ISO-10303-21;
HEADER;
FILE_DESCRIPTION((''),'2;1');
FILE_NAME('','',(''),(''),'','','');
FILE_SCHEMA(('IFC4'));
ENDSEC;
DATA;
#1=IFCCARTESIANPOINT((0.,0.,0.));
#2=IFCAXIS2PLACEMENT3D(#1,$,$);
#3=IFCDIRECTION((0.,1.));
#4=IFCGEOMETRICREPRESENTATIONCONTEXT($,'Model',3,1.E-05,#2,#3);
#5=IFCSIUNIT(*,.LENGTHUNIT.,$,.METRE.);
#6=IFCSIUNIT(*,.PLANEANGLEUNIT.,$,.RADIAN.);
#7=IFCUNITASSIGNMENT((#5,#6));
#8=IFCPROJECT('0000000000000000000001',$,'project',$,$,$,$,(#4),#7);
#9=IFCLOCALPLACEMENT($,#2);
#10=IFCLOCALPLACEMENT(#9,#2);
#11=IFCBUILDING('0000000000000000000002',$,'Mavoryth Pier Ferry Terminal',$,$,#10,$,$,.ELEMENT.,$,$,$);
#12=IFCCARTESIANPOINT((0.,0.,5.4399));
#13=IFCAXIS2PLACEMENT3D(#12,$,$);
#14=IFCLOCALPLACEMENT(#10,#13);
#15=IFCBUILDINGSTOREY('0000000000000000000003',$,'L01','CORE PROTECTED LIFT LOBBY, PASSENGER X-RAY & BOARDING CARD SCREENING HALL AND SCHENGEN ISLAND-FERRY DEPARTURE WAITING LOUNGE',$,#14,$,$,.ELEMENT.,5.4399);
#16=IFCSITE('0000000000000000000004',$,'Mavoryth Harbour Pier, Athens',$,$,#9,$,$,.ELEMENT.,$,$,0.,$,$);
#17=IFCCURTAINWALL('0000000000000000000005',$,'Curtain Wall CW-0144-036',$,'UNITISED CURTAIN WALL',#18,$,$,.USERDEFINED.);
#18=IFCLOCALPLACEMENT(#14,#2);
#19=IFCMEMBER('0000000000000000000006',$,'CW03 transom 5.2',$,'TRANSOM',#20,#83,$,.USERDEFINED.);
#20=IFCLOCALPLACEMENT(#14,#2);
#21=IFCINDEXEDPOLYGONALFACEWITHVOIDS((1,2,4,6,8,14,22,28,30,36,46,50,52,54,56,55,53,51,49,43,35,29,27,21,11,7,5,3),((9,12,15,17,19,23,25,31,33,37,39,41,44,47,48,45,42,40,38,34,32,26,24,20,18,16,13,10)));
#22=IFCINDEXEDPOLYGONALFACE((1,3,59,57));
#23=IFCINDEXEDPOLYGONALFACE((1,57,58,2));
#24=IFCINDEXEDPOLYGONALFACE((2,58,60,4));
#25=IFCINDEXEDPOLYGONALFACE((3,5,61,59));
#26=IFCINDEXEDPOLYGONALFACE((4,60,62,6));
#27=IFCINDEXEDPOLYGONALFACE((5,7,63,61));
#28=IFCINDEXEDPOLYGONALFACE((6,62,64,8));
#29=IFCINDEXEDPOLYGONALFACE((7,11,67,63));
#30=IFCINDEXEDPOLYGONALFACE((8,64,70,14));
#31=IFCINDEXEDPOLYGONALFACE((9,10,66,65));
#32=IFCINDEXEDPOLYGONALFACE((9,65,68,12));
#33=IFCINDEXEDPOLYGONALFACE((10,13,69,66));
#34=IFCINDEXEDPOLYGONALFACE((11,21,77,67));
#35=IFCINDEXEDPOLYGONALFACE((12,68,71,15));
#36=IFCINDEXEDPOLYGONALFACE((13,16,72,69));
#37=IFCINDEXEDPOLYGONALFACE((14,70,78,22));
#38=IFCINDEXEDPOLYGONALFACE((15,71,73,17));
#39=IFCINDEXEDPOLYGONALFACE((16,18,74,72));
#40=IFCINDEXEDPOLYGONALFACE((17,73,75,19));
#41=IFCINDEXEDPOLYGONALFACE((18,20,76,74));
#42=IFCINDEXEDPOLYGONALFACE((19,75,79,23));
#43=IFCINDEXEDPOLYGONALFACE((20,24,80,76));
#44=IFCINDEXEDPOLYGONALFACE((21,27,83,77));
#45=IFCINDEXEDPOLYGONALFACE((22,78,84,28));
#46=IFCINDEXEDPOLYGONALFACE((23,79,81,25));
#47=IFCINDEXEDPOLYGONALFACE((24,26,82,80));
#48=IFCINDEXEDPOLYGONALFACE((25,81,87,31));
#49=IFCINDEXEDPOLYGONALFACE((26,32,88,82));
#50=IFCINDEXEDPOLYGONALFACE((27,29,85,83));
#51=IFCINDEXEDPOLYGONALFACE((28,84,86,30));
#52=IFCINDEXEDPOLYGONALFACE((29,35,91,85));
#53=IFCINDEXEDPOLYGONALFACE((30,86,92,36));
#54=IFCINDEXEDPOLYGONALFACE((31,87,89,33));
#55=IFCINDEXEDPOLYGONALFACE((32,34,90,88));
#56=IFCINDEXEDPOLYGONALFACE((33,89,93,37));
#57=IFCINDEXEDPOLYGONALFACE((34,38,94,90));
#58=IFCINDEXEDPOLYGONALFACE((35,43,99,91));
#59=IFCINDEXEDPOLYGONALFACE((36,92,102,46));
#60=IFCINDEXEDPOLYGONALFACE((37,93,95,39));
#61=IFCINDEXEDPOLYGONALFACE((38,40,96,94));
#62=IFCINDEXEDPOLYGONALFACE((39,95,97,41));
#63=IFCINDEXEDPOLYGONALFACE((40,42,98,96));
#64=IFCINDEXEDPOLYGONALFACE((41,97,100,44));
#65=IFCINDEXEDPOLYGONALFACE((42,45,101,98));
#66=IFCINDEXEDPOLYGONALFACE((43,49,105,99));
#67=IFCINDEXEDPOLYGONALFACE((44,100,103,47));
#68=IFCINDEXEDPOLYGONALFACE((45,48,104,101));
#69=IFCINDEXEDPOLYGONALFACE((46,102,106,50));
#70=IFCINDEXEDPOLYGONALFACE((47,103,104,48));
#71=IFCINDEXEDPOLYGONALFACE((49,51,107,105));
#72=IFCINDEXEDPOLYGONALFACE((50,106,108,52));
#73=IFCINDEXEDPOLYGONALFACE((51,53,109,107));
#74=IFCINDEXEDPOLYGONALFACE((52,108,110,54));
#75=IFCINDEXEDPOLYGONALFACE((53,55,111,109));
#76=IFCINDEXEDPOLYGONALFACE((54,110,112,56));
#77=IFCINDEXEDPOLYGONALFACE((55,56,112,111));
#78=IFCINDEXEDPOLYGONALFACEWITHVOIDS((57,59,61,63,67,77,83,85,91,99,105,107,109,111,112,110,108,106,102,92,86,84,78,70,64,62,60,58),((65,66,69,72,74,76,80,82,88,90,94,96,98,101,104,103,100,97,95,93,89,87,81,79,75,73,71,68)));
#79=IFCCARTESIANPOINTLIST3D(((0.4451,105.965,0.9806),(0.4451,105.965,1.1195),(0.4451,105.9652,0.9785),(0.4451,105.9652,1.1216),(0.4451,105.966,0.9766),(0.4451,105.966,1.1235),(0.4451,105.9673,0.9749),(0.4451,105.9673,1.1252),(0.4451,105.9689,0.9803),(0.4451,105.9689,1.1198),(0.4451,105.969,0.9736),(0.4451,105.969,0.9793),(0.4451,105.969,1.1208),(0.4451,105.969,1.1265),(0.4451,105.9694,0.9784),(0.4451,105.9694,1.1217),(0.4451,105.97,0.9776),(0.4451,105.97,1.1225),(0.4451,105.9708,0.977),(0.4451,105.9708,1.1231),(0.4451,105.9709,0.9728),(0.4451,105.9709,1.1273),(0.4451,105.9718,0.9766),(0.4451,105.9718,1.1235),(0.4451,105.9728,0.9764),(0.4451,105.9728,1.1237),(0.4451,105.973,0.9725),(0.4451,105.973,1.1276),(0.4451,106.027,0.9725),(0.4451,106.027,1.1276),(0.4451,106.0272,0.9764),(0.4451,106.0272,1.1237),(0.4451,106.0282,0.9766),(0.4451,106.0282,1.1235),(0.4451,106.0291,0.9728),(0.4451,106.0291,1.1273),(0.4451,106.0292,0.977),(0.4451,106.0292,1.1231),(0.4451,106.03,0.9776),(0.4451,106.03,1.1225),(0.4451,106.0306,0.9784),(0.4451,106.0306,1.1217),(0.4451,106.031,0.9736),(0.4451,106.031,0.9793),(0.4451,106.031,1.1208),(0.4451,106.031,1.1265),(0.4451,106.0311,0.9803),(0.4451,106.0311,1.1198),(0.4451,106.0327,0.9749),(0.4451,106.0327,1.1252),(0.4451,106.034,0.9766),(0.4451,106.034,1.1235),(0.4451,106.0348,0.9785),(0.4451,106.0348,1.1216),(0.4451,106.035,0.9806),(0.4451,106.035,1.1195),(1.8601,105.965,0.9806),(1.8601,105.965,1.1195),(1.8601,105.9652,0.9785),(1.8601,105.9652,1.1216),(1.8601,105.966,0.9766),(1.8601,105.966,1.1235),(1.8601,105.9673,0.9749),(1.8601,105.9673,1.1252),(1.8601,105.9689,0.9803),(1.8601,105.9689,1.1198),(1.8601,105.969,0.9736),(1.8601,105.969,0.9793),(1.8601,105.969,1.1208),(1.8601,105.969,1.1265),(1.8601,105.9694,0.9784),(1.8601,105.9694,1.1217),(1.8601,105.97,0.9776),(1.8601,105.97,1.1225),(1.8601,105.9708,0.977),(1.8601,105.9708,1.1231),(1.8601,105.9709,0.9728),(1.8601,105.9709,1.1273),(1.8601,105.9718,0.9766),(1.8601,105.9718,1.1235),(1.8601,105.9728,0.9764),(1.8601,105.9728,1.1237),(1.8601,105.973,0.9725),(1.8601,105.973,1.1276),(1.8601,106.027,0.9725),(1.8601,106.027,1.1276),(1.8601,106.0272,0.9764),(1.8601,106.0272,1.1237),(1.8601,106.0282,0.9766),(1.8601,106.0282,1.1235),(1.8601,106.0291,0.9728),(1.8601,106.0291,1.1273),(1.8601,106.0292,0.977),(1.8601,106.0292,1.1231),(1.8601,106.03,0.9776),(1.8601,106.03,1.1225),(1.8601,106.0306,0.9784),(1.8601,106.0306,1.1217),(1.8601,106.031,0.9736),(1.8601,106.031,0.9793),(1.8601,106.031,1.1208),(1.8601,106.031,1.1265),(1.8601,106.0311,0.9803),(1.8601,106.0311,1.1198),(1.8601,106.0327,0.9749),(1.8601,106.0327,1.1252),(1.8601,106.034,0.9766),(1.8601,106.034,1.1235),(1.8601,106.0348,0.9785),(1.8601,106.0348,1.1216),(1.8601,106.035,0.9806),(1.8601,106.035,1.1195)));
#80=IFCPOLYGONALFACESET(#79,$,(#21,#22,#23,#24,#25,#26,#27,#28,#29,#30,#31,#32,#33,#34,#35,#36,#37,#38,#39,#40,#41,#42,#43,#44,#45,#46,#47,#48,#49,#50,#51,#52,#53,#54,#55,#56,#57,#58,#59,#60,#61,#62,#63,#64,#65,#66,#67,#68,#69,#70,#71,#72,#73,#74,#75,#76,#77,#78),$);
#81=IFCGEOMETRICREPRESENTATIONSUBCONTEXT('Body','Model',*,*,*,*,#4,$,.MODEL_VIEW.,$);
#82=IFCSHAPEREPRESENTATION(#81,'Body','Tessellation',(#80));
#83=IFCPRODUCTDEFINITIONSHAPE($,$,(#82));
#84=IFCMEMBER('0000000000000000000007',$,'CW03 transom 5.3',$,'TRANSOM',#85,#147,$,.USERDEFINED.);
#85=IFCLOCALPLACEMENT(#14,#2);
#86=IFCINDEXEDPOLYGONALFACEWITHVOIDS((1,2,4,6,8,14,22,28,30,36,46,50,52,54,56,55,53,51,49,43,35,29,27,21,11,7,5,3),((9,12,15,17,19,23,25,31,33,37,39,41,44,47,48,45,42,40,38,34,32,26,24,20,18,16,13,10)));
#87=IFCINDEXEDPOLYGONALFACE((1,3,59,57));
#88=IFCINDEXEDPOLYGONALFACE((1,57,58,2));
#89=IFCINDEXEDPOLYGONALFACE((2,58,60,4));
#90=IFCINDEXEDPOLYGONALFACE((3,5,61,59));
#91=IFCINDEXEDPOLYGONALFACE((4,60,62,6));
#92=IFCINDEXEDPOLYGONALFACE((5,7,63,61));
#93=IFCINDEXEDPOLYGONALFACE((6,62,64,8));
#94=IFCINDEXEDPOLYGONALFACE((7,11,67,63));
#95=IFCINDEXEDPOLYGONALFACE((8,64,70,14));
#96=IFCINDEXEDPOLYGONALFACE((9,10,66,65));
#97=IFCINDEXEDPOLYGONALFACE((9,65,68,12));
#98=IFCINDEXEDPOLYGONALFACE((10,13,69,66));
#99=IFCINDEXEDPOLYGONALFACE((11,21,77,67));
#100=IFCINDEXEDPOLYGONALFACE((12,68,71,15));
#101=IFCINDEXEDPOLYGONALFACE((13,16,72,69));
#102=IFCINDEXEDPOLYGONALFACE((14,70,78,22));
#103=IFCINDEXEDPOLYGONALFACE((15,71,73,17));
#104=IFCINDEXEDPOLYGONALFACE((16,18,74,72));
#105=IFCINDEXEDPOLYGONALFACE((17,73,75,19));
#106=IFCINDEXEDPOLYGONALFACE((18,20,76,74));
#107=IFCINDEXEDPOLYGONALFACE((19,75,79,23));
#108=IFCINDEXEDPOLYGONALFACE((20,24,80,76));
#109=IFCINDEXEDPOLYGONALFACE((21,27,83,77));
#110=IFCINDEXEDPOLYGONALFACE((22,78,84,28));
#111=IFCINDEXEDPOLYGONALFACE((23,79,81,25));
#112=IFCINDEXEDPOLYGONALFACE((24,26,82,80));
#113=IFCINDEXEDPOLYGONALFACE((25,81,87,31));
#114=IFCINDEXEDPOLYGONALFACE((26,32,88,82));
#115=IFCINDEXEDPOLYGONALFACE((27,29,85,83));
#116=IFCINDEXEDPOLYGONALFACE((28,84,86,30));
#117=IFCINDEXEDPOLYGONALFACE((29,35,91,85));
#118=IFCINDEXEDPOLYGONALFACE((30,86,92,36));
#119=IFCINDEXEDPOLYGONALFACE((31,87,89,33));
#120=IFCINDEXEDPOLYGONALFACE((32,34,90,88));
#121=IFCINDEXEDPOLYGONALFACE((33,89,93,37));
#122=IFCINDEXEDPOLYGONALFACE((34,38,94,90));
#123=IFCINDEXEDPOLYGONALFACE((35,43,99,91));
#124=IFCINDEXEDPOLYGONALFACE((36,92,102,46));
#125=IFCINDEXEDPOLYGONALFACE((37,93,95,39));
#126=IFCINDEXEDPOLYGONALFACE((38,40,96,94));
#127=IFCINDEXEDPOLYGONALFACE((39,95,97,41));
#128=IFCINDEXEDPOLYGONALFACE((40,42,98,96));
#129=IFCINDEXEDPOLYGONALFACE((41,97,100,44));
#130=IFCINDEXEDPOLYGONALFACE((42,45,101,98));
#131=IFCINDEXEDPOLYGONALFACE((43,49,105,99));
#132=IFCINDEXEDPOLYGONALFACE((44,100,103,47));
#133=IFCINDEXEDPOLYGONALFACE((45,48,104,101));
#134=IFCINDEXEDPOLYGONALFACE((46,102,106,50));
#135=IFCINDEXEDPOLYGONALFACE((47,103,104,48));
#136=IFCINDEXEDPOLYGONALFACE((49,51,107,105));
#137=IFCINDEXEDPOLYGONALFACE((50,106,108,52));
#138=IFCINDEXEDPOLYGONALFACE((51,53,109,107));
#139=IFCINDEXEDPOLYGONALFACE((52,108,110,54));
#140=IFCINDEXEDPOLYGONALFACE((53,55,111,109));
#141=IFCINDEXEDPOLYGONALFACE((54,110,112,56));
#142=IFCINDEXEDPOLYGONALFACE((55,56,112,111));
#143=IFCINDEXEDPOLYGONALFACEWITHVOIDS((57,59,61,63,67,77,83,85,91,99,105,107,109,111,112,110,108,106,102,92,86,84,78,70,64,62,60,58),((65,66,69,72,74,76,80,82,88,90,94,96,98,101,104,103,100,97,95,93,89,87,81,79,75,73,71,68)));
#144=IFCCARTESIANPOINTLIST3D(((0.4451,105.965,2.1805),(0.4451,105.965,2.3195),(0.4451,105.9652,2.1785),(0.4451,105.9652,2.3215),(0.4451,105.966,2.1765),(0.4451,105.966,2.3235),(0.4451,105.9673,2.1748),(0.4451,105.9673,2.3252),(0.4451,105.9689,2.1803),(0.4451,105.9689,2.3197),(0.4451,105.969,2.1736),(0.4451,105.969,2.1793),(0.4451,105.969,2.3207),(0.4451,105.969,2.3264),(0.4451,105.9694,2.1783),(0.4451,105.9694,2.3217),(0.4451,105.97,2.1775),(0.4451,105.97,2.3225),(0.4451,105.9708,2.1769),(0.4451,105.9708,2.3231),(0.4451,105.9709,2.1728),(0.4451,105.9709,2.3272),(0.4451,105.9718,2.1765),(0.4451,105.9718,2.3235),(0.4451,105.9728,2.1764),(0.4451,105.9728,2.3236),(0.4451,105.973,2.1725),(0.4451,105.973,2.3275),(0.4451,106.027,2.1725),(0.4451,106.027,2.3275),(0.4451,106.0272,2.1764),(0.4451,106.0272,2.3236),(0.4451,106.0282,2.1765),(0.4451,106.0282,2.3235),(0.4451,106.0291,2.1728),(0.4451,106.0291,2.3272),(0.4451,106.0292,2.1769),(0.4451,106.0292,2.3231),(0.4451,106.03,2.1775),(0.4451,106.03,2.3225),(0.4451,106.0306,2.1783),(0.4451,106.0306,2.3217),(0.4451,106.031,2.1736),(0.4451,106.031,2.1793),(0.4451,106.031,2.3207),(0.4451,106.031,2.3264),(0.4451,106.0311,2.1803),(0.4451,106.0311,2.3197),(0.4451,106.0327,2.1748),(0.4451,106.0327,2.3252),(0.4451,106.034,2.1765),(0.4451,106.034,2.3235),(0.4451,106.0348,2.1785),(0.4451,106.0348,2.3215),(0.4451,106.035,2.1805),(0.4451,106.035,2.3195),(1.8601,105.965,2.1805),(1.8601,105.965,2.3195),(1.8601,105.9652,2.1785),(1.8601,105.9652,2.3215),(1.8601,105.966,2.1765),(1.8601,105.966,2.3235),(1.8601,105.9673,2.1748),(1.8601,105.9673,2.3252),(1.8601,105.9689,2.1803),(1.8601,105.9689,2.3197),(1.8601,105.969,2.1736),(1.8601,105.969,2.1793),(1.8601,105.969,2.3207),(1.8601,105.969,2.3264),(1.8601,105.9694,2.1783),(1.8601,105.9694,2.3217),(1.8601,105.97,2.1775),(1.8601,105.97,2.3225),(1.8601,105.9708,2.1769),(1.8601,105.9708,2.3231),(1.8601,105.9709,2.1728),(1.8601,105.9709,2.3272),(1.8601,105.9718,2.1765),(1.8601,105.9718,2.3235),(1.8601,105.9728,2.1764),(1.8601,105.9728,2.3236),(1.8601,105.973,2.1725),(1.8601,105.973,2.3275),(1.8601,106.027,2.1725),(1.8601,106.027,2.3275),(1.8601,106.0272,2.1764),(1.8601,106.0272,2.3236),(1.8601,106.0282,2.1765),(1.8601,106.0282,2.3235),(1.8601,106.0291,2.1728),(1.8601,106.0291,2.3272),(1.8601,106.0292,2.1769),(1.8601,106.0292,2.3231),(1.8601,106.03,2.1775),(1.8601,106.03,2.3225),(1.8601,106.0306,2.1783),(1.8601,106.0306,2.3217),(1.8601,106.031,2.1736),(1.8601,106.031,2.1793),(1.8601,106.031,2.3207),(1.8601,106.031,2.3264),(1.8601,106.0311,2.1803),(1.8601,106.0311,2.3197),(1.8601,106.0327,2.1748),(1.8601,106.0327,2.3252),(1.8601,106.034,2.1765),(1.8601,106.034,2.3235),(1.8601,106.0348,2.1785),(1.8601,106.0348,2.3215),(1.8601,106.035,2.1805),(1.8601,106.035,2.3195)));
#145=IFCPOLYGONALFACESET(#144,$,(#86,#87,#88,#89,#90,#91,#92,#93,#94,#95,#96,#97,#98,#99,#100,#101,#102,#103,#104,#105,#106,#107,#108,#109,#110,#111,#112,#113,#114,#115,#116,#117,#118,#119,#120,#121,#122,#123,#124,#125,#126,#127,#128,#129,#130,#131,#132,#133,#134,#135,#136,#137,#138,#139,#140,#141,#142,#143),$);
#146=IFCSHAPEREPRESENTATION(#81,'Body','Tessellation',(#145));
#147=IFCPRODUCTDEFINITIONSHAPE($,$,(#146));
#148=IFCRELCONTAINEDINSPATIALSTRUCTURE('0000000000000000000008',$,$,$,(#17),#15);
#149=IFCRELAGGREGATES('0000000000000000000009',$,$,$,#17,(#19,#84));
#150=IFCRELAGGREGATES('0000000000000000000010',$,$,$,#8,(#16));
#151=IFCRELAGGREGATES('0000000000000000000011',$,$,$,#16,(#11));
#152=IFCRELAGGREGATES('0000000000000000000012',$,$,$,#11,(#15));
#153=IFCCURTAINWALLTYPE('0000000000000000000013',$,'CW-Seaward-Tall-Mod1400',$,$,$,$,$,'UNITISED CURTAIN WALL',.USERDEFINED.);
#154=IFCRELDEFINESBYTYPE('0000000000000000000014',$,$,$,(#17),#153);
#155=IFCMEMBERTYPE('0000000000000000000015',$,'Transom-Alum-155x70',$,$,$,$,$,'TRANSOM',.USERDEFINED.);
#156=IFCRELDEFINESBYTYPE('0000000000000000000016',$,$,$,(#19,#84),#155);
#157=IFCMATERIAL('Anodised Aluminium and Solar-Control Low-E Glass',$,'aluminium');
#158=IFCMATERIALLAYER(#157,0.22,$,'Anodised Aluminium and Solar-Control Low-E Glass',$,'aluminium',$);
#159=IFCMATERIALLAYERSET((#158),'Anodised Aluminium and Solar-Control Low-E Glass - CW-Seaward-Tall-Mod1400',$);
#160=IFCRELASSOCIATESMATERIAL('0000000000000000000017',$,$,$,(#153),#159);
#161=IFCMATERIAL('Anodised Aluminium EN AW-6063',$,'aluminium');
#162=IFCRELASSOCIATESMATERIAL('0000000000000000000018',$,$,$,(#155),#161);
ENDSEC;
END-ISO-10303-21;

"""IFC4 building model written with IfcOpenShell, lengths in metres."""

from ifc_helpers import new_model, si_unit, direction, frame, origin, origin_2d, place, context, subcontext, project, spatial, hollow_rectangle, extrude, material, layer, layer_set, material_profile, profile_set, type_object, element, aggregate, save


model = new_model("IFC4")

# Units and contexts
model_context = context("Model", 3, precision=1e-05, world=origin(), true_north=direction((0.0, 1.0)))
body_context = subcontext(model_context, "Body", "Model", "MODEL_VIEW")
ifc_project = project(units=[si_unit("LENGTHUNIT", "METRE"), si_unit("PLANEANGLEUNIT", "RADIAN")], contexts=[model_context])

# Site, building, storey
site_placement = place(None, origin())
site = spatial("IfcSite", under=ifc_project, at=site_placement, Name="Mavoryth Harbour Pier, Athens", CompositionType="ELEMENT", RefElevation=0.0)
building_placement = place(site_placement, origin())
building = spatial("IfcBuilding", under=site, at=building_placement, Name="Mavoryth Pier Ferry Terminal", CompositionType="ELEMENT")
storey_placement = place(building_placement, frame((0.0, 0.0, 5.4399)))
storey = spatial("IfcBuildingStorey", under=building, at=storey_placement, Name="L01", Description="CORE PROTECTED LIFT LOBBY, PASSENGER X-RAY & BOARDING CARD SCREENING HALL AND SCHENGEN ISLAND-FERRY DEPARTURE WAITING LOUNGE", CompositionType="ELEMENT", Elevation=5.4399)

# Curtain wall
ifc_material_1 = material(Name="Anodised Aluminium and Solar-Control Low-E Glass", Category="aluminium")
ifc_material_2 = material(Name="Anodised Aluminium EN AW-6063", Category="aluminium")
ifc_layer_1 = layer(ifc_material_1, 0.22, Name="Anodised Aluminium and Solar-Control Low-E Glass", Category="aluminium")
ifc_layer_set_1 = layer_set([ifc_layer_1], Name="Anodised Aluminium and Solar-Control Low-E Glass - CW-Seaward-Tall-Mod1400")
curtain_wall_type_1 = type_object("IfcCurtainWallType", Name="CW-Seaward-Tall-Mod1400", ElementType="UNITISED CURTAIN WALL", PredefinedType="USERDEFINED", material=ifc_layer_set_1)
curtain_wall_1_placement = place(storey_placement, origin())
curtain_wall_1 = element("IfcCurtainWall", 1, at=curtain_wall_1_placement, inside=storey, type_object=curtain_wall_type_1, Name="Curtain Wall CW-0144-036", ObjectType="UNITISED CURTAIN WALL", PredefinedType="USERDEFINED")

# Members
ifc_material_profile_1 = material_profile(ifc_material_2, hollow_rectangle(XDim=0.0701, YDim=0.155, WallThickness=0.0039, InnerFilletRadius=0.0039, OuterFilletRadius=0.0081, at=origin_2d()), Name="AL-TRAN 155x70x4", Category="aluminium")
ifc_profile_set_1 = profile_set([ifc_material_profile_1], Name="Anodised Aluminium EN AW-6063 - AL-TRAN 155x70x4")
member_type_1 = type_object("IfcMemberType", Name="Transom-Alum-155x70", ElementType="TRANSOM", PredefinedType="USERDEFINED", material=ifc_profile_set_1)
member_1_placement = place(storey_placement, frame((1.8601, 106.0, 1.05), z_axis=(-1.0, 0.0, 0.0), x_axis=(0.0, -1.0, 0.0)))
member_1 = element("IfcMember", 2, at=member_1_placement, type_object=member_type_1, Name="CW03 transom 5.2", ObjectType="TRANSOM", PredefinedType="USERDEFINED", context=body_context, shape_type="SweptSolid", body=[
    extrude(hollow_rectangle(XDim=0.0701, YDim=0.155, WallThickness=0.0039, InnerFilletRadius=0.0039, OuterFilletRadius=0.0081, at=origin_2d()), origin(), (0.0, 0.0, 1.0), 1.415),
])
member_2_placement = place(storey_placement, frame((1.8601, 106.0, 2.25), z_axis=(-1.0, 0.0, 0.0), x_axis=(0.0, -1.0, 0.0)))
member_2 = element("IfcMember", 3, at=member_2_placement, type_object=member_type_1, Name="CW03 transom 5.3", ObjectType="TRANSOM", PredefinedType="USERDEFINED", context=body_context, shape_type="SweptSolid", body=[
    extrude(hollow_rectangle(XDim=0.0701, YDim=0.155, WallThickness=0.0039, InnerFilletRadius=0.0039, OuterFilletRadius=0.0081, at=origin_2d()), origin(), (0.0, 0.0, 1.0), 1.415),
])

aggregate(curtain_wall_1, [member_1, member_2])

save(model, "model.ifc")
